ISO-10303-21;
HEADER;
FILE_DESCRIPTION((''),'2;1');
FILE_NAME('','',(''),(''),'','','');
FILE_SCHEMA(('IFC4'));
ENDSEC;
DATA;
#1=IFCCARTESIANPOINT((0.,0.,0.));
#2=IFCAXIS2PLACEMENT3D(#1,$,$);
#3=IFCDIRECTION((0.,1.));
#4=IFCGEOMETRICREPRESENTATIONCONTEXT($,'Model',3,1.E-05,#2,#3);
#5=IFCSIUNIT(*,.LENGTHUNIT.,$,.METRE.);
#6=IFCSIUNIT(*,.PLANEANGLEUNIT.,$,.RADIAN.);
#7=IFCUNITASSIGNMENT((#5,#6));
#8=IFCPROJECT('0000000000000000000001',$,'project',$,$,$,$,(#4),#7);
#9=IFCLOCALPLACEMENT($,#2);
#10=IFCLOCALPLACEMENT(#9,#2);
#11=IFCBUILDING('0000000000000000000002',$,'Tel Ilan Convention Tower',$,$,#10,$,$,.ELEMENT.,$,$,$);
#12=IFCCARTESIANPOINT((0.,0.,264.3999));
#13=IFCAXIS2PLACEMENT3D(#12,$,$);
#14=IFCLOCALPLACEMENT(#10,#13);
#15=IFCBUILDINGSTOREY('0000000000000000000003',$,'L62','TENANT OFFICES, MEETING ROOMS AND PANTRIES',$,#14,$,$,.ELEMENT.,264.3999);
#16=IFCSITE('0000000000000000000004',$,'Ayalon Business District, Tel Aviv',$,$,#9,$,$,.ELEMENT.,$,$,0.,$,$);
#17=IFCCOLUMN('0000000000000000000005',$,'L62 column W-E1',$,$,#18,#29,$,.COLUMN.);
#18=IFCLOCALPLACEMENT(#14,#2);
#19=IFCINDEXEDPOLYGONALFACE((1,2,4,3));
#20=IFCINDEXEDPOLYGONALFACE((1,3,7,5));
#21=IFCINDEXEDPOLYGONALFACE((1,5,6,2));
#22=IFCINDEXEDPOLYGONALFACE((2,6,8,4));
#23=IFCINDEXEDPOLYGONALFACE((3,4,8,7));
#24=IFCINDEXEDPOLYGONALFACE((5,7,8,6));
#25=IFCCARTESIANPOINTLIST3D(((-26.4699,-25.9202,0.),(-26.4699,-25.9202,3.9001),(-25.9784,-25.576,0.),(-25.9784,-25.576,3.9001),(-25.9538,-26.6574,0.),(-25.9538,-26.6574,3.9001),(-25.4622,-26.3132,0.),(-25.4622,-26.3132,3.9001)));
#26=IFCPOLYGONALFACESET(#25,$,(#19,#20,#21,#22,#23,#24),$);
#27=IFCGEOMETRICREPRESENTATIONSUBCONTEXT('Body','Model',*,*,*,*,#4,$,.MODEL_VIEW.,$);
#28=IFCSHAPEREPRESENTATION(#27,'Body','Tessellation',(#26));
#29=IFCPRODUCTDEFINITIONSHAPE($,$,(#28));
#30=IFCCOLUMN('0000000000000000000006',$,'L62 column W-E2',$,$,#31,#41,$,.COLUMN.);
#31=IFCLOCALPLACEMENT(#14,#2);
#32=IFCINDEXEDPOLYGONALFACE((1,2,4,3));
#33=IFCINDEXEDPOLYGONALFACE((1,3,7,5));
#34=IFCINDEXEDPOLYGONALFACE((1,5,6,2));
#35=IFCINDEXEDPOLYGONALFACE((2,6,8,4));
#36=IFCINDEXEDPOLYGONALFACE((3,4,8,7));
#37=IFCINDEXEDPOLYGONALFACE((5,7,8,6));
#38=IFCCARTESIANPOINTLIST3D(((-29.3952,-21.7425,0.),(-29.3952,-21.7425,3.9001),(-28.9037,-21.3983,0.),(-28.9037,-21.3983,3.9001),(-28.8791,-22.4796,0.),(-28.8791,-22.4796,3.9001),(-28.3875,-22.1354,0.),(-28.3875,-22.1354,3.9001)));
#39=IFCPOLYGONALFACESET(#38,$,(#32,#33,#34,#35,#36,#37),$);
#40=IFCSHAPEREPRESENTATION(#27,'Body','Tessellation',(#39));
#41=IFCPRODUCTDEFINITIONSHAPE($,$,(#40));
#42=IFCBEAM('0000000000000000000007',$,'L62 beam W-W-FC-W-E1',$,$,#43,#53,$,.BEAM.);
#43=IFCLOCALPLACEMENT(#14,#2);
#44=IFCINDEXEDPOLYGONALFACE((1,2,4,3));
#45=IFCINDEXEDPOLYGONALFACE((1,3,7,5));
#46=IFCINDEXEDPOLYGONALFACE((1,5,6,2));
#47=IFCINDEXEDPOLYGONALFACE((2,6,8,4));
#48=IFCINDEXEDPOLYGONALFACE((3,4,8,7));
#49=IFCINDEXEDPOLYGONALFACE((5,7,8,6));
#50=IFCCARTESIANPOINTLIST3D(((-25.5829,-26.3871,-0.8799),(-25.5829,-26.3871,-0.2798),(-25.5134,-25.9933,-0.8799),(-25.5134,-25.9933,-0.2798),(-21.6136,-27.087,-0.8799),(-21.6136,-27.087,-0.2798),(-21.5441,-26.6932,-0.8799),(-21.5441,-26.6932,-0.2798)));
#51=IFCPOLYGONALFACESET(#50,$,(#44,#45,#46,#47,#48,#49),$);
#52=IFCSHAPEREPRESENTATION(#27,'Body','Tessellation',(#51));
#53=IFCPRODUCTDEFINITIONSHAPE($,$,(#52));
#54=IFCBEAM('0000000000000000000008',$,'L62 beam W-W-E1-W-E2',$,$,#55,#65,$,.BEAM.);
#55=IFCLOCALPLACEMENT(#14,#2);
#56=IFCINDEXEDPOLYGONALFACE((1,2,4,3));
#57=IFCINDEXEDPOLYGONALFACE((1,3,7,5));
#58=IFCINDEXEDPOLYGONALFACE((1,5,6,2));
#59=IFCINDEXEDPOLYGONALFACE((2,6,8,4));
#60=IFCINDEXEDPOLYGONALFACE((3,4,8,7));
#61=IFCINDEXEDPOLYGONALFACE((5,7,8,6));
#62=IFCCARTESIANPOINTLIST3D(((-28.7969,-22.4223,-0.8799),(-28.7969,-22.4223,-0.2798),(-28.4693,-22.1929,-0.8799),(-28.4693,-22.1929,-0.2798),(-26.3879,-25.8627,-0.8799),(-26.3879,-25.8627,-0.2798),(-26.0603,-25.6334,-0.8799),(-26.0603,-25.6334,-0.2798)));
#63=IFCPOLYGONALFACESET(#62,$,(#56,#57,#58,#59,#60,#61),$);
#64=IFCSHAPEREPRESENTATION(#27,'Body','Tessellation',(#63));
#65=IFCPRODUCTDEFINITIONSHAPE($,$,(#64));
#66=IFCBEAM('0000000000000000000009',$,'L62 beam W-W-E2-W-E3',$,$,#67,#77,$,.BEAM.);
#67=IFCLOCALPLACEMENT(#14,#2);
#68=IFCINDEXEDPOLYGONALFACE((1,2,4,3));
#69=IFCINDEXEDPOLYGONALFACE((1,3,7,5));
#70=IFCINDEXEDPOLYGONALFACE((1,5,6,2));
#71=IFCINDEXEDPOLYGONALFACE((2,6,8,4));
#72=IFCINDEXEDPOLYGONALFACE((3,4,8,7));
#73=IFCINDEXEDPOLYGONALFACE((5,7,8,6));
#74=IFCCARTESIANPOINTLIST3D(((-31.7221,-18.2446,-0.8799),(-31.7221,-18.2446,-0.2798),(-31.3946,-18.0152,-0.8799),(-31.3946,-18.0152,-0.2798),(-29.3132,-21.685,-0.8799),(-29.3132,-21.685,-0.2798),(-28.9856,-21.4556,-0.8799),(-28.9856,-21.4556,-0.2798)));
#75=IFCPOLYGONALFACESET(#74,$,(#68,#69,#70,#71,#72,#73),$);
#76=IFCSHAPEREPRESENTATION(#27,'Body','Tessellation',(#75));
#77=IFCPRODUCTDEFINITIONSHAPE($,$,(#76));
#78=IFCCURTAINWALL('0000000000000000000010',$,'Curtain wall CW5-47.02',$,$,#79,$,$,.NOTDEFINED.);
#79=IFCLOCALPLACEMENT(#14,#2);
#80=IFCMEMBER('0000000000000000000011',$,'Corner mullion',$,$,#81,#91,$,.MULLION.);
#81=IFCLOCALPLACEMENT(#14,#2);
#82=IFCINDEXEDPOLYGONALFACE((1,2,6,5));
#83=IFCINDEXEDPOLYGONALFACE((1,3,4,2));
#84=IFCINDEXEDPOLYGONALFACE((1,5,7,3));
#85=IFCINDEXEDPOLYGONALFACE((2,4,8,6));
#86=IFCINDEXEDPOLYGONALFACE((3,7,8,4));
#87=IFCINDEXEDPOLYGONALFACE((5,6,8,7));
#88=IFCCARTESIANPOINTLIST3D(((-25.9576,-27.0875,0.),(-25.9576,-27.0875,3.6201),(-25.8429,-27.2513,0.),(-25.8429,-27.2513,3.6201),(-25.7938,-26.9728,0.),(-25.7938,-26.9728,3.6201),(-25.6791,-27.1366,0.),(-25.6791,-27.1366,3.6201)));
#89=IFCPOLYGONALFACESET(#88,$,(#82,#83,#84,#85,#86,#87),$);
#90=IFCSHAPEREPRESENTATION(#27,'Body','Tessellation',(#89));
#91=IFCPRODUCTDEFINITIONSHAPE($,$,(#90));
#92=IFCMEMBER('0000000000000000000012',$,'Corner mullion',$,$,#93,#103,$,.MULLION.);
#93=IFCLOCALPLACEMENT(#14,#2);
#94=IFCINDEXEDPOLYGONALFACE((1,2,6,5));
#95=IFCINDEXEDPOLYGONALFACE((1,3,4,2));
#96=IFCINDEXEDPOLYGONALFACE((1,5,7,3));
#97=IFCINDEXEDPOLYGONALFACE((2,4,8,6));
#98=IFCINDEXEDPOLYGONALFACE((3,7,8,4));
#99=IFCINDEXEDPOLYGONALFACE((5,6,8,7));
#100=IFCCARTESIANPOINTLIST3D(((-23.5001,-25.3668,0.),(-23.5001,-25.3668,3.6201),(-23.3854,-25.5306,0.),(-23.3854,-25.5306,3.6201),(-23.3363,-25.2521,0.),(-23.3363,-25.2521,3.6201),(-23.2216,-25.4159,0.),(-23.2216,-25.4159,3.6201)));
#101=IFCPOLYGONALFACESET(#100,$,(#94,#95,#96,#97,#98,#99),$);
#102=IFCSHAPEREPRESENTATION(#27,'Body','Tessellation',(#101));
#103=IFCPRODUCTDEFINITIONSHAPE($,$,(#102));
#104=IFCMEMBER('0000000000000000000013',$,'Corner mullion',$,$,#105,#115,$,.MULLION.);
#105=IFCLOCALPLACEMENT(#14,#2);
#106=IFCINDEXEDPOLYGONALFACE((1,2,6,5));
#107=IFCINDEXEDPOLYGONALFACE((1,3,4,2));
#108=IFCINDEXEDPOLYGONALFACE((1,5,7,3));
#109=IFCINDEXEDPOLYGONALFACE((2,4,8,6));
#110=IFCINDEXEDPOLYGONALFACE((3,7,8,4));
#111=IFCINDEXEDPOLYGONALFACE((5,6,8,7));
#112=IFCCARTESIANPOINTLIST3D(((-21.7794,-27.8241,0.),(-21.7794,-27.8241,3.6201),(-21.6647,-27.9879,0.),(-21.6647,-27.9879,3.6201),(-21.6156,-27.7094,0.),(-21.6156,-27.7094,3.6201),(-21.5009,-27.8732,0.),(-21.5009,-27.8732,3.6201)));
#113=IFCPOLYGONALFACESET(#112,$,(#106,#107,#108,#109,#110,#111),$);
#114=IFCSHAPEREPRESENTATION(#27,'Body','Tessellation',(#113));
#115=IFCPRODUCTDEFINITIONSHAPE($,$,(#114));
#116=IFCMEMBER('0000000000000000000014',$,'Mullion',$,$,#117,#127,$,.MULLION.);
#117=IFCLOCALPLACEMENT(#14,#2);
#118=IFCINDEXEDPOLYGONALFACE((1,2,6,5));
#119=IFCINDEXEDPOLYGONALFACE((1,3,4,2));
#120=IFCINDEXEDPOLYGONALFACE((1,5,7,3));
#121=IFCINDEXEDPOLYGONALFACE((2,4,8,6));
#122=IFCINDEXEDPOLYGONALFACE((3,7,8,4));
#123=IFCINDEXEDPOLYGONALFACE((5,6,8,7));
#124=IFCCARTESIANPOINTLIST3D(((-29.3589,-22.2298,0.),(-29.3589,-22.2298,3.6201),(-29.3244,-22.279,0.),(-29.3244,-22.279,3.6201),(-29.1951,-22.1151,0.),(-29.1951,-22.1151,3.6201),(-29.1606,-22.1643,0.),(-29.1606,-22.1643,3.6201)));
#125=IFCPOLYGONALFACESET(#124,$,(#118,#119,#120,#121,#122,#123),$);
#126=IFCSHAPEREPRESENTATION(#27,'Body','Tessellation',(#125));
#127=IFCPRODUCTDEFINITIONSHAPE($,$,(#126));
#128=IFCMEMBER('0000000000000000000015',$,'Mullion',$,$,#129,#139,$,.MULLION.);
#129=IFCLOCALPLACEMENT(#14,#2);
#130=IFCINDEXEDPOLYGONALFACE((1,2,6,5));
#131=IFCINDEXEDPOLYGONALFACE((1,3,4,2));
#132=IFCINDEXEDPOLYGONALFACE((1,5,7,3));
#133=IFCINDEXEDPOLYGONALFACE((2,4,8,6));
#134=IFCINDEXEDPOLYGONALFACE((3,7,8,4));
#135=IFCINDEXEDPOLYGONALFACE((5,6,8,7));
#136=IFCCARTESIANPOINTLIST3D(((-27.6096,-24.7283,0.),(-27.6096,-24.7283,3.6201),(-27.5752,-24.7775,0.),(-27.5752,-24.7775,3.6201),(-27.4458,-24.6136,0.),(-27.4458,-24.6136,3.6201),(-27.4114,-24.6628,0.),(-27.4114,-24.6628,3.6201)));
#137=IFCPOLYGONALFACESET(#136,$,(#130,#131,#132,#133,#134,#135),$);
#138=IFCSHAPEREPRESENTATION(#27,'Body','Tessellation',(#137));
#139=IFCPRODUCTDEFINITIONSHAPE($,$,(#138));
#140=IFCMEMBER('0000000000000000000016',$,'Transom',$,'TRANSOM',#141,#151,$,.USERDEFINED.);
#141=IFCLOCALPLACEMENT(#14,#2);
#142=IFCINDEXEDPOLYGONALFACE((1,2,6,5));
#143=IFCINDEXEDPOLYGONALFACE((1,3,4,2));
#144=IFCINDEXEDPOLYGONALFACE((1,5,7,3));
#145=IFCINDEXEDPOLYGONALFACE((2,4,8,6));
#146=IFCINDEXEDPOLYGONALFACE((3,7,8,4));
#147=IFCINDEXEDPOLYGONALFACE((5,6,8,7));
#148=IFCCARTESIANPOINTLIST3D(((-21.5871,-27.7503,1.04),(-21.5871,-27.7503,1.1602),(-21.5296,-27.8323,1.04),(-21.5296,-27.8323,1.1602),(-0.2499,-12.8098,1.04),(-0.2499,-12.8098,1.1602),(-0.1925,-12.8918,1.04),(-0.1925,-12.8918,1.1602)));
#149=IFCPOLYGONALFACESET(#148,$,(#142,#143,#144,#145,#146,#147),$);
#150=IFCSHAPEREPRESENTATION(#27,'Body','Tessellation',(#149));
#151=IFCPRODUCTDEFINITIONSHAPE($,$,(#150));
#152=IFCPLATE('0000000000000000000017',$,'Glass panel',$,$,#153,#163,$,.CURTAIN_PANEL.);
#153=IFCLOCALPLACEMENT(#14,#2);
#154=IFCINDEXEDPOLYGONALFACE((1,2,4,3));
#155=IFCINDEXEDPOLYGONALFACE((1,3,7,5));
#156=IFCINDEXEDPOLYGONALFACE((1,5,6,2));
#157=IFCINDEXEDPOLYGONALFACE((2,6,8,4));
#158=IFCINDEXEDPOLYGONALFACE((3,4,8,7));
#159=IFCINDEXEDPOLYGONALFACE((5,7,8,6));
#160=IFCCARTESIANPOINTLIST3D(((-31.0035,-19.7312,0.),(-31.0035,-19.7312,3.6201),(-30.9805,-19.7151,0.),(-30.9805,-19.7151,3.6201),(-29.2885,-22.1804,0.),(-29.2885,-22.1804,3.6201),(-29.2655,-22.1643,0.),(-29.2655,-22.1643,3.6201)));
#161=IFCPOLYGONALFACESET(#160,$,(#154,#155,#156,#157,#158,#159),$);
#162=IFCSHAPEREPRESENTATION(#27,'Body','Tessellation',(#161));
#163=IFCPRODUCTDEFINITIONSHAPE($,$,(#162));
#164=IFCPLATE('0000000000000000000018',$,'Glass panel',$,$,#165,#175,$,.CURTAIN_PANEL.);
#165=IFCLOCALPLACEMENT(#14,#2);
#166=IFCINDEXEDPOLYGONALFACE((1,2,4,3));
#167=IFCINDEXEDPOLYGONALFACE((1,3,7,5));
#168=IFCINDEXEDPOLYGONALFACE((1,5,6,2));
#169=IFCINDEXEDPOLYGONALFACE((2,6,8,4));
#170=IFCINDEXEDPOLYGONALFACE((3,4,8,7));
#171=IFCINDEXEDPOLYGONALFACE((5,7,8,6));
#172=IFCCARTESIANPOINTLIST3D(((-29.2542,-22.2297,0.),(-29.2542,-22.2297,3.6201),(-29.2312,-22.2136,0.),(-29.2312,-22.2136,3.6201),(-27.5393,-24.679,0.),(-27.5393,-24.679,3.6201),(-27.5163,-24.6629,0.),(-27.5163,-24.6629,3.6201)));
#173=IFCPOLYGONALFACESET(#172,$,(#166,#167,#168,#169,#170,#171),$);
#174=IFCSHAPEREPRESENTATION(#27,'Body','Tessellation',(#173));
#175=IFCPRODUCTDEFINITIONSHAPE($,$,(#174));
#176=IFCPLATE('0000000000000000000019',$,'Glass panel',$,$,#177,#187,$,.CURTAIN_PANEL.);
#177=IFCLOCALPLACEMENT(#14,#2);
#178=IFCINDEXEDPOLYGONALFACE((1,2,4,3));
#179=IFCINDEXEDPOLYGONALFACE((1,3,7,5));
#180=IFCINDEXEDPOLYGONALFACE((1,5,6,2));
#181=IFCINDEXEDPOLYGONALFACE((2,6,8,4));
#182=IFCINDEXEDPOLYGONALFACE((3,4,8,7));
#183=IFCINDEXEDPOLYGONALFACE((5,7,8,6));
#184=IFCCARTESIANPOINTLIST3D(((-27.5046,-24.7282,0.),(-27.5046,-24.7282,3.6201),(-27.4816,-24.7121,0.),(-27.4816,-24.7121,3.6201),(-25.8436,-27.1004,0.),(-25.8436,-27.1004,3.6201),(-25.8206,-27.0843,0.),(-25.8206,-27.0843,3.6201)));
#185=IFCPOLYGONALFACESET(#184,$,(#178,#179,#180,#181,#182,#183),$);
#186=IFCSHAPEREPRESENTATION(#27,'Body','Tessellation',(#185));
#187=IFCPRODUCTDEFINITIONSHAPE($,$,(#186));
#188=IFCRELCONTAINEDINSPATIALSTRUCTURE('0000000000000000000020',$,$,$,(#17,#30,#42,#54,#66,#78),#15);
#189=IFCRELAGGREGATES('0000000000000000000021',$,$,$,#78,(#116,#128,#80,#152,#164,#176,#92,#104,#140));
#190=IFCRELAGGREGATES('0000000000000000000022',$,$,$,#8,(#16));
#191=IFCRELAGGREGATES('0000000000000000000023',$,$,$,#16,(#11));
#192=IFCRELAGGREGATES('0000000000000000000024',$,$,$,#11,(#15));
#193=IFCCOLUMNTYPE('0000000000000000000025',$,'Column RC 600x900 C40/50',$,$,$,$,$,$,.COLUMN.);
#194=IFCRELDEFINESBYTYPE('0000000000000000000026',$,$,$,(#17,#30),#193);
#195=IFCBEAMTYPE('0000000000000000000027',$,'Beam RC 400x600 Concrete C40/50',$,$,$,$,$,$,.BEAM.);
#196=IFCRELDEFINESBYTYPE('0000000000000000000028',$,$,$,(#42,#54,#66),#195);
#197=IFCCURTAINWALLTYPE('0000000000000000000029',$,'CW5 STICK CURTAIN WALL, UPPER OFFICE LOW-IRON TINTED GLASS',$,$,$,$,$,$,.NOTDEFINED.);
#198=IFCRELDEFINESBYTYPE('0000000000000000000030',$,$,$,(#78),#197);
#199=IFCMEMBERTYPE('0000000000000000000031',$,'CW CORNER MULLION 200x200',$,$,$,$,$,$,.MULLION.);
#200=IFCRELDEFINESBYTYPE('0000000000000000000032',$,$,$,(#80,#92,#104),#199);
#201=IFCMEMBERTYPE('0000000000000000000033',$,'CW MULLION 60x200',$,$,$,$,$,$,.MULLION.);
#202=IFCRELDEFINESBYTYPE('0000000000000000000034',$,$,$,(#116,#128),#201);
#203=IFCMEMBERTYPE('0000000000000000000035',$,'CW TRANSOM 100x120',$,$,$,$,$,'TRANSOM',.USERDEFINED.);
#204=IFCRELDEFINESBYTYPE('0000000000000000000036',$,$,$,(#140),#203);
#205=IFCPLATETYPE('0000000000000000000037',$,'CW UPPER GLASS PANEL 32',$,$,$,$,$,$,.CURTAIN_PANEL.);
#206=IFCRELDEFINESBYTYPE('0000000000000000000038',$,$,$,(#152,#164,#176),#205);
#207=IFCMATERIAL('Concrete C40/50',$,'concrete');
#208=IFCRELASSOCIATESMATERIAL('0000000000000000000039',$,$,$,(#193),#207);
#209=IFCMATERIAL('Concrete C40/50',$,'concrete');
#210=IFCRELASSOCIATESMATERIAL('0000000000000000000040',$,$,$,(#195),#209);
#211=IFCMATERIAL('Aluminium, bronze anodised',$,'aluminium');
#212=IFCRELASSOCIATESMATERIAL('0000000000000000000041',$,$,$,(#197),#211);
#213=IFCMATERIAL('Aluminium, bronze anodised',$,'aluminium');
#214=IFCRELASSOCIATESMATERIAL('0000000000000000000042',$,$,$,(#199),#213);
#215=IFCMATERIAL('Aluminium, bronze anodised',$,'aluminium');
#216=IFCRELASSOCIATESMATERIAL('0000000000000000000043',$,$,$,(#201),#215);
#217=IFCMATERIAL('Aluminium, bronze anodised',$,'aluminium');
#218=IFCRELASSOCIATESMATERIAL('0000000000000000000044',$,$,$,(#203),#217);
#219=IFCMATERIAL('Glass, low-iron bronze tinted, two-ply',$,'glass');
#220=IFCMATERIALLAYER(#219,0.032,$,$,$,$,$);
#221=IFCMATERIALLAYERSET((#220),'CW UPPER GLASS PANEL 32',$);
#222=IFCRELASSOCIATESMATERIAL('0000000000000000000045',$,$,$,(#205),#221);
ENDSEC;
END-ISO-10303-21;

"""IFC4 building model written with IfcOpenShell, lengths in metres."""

from ifc_helpers import new_model, si_unit, direction, frame, origin, origin_2d, place, context, subcontext, project, spatial, rectangle, extrude, material, layer, layer_set, material_profile, profile_set, type_object, element, aggregate, save


model = new_model("IFC4")

# Units and contexts
model_context = context("Model", 3, precision=1e-05, world=origin(), true_north=direction((0.0, 1.0)))
body_context = subcontext(model_context, "Body", "Model", "MODEL_VIEW")
ifc_project = project(units=[si_unit("LENGTHUNIT", "METRE"), si_unit("PLANEANGLEUNIT", "RADIAN")], contexts=[model_context])

# Site, building, storey
site_placement = place(None, origin())
site = spatial("IfcSite", under=ifc_project, at=site_placement, Name="Ayalon Business District, Tel Aviv", CompositionType="ELEMENT", RefElevation=0.0)
building_placement = place(site_placement, origin())
building = spatial("IfcBuilding", under=site, at=building_placement, Name="Tel Ilan Convention Tower", CompositionType="ELEMENT")
storey_placement = place(building_placement, frame((0.0, 0.0, 264.3999)))
storey = spatial("IfcBuildingStorey", under=building, at=storey_placement, Name="L62", Description="TENANT OFFICES, MEETING ROOMS AND PANTRIES", CompositionType="ELEMENT", Elevation=264.3999)

# Columns
ifc_material_1 = material(Name="Concrete C40/50", Category="concrete")
ifc_material_profile_1 = material_profile(ifc_material_1, rectangle(XDim=0.8999, YDim=0.6001, at=origin_2d()), Name="RC 600x900")
ifc_profile_set_1 = profile_set([ifc_material_profile_1], Name="Concrete C40/50")
column_type = type_object("IfcColumnType", Name="Column RC 600x900 C40/50", PredefinedType="COLUMN", material=ifc_profile_set_1)
for number, where, z_axis, x_axis, name in (
    (1, (-25.9661, -26.1167, 0.0), (0.0, 0.0, 1.0), (-0.573576, 0.819152, 0.0), "L62 column W-E1"),
    (2, (-28.8914, -21.939, 0.0), (0.0, 0.0, 1.0), (-0.573576, 0.819152, 0.0), "L62 column W-E2"),
):
    element("IfcColumn", number, at=place(storey_placement, frame(where, z_axis=z_axis, x_axis=x_axis)), inside=storey, type_object=column_type, Name=name, PredefinedType="COLUMN", context=body_context, shape_type="SweptSolid", body=[
        extrude(rectangle(XDim=0.8999, YDim=0.6001, at=origin_2d()), origin(), (0.0, 0.0, 1.0), 3.9001),
    ])

# Beams
ifc_material_2 = material(Name="Concrete C40/50", Category="concrete")
ifc_material_profile_2 = material_profile(ifc_material_2, rectangle(XDim=0.3999, YDim=0.6001, at=origin_2d()), Name="RC 400x600")
ifc_profile_set_2 = profile_set([ifc_material_profile_2], Name="Concrete C40/50")
beam_type = type_object("IfcBeamType", Name="Beam RC 400x600 Concrete C40/50", PredefinedType="BEAM", material=ifc_profile_set_2)
beam_placement = place(storey_placement, frame((-21.5789, -26.8901, -0.5798), z_axis=(-0.984805, 0.173664, 0.0), x_axis=(-0.173664, -0.984805, 0.0)))
element("IfcBeam", 3, at=beam_placement, inside=storey, type_object=beam_type, Name="L62 beam W-W-FC-W-E1", PredefinedType="BEAM", context=body_context, shape_type="SweptSolid", body=[
    extrude(rectangle(XDim=0.3999, YDim=0.6001, at=origin_2d()), origin(), (0.0, 0.0, 1.0), 4.0305),
])
for number, where, z_axis, x_axis, name in (
    (4, (-26.2241, -25.748, -0.5798), (-0.573564, 0.819161, 0.0), (-0.819161, -0.573564, 0.0), "L62 beam W-W-E1-W-E2"),
    (5, (-29.1494, -21.5703, -0.5798), (-0.573564, 0.819161, 0.0), (-0.819161, -0.573564, 0.0), "L62 beam W-W-E2-W-E3"),
):
    element("IfcBeam", number, at=place(storey_placement, frame(where, z_axis=z_axis, x_axis=x_axis)), inside=storey, type_object=beam_type, Name=name, PredefinedType="BEAM", context=body_context, shape_type="SweptSolid", body=[
        extrude(rectangle(XDim=0.3999, YDim=0.6001, at=origin_2d()), origin(), (0.0, 0.0, 1.0), 4.2),
    ])

# Curtain wall, members, plates
ifc_material_3 = material(Name="Aluminium, bronze anodised", Category="aluminium")
curtain_wall_type = type_object("IfcCurtainWallType", Name="CW5 STICK CURTAIN WALL, UPPER OFFICE LOW-IRON TINTED GLASS", PredefinedType="NOTDEFINED", material=ifc_material_3)
curtain_wall_placement = place(storey_placement, origin())
curtain_wall = element("IfcCurtainWall", 6, at=curtain_wall_placement, inside=storey, type_object=curtain_wall_type, Name="Curtain wall CW5-47.02", PredefinedType="NOTDEFINED")
ifc_material_4 = material(Name="Aluminium, bronze anodised", Category="aluminium")
ifc_material_profile_3 = material_profile(ifc_material_4, rectangle(XDim=0.2, YDim=0.2, at=origin_2d()), Name="CW CORNER MULLION 200x200")
ifc_profile_set_3 = profile_set([ifc_material_profile_3], Name="Aluminium, bronze anodised")
member_type_1 = type_object("IfcMemberType", Name="CW CORNER MULLION 200x200", PredefinedType="MULLION", material=ifc_profile_set_3)
member_1_placement = place(storey_placement, frame((-25.8184, -27.1121, 0.0), z_axis=(0.0, 0.0, 1.0), x_axis=(0.573576, -0.819152, 0.0)))
member_1 = element("IfcMember", 7, at=member_1_placement, type_object=member_type_1, Name="Corner mullion", PredefinedType="MULLION", context=body_context, shape_type="SweptSolid", body=[
    extrude(rectangle(XDim=0.2, YDim=0.2, at=origin_2d()), origin(), (0.0, 0.0, 1.0), 3.6201),
])
member_2_placement = place(storey_placement, frame((-23.3608, -25.3914, 0.0), z_axis=(0.0, 0.0, 1.0), x_axis=(0.819152, 0.573576, 0.0)))
member_2 = element("IfcMember", 8, at=member_2_placement, type_object=member_type_1, Name="Corner mullion", PredefinedType="MULLION", context=body_context, shape_type="SweptSolid", body=[
    extrude(rectangle(XDim=0.2, YDim=0.2, at=origin_2d()), origin(), (0.0, 0.0, 1.0), 3.6201),
])
member_3_placement = place(storey_placement, frame((-21.6401, -27.8486, 0.0), z_axis=(0.0, 0.0, 1.0), x_axis=(0.573576, -0.819152, 0.0)))
member_3 = element("IfcMember", 9, at=member_3_placement, type_object=member_type_1, Name="Corner mullion", PredefinedType="MULLION", context=body_context, shape_type="SweptSolid", body=[
    extrude(rectangle(XDim=0.2, YDim=0.2, at=origin_2d()), origin(), (0.0, 0.0, 1.0), 3.6201),
])
ifc_material_5 = material(Name="Aluminium, bronze anodised", Category="aluminium")
ifc_material_profile_4 = material_profile(ifc_material_5, rectangle(XDim=0.0601, YDim=0.2, at=origin_2d()), Name="CW MULLION 60x200")
ifc_profile_set_4 = profile_set([ifc_material_profile_4], Name="Aluminium, bronze anodised")
member_type_2 = type_object("IfcMemberType", Name="CW MULLION 60x200", PredefinedType="MULLION", material=ifc_profile_set_4)
member_4_placement = place(storey_placement, frame((-29.2598, -22.197, 0.0), z_axis=(0.0, 0.0, 1.0), x_axis=(0.573576, -0.819152, 0.0)))
member_4 = element("IfcMember", 10, at=member_4_placement, type_object=member_type_2, Name="Mullion", PredefinedType="MULLION", context=body_context, shape_type="SweptSolid", body=[
    extrude(rectangle(XDim=0.0601, YDim=0.2, at=origin_2d()), origin(), (0.0, 0.0, 1.0), 3.6201),
])
member_5_placement = place(storey_placement, frame((-27.5105, -24.6956, 0.0), z_axis=(0.0, 0.0, 1.0), x_axis=(0.573576, -0.819152, 0.0)))
member_5 = element("IfcMember", 11, at=member_5_placement, type_object=member_type_2, Name="Mullion", PredefinedType="MULLION", context=body_context, shape_type="SweptSolid", body=[
    extrude(rectangle(XDim=0.0601, YDim=0.2, at=origin_2d()), origin(), (0.0, 0.0, 1.0), 3.6201),
])
ifc_material_6 = material(Name="Aluminium, bronze anodised", Category="aluminium")
ifc_material_profile_5 = material_profile(ifc_material_6, rectangle(XDim=0.1001, YDim=0.1201, at=origin_2d()), Name="CW TRANSOM 100x120")
ifc_profile_set_5 = profile_set([ifc_material_profile_5], Name="Aluminium, bronze anodised")
member_type_3 = type_object("IfcMemberType", Name="CW TRANSOM 100x120", ElementType="TRANSOM", PredefinedType="USERDEFINED", material=ifc_profile_set_5)
member_6_placement = place(storey_placement, frame((-21.5583, -27.7913, 1.1001), z_axis=(0.819152, 0.573576, 0.0), x_axis=(-0.573576, 0.819152, 0.0)))
member_6 = element("IfcMember", 12, at=member_6_placement, type_object=member_type_3, Name="Transom", ObjectType="TRANSOM", PredefinedType="USERDEFINED", context=body_context, shape_type="SweptSolid", body=[
    extrude(rectangle(XDim=0.1001, YDim=0.1201, at=origin_2d()), origin(), (0.0, 0.0, 1.0), 26.0479),
])
ifc_material_7 = material(Name="Glass, low-iron bronze tinted, two-ply", Category="glass")
ifc_layer_1 = layer(ifc_material_7, 0.032)
ifc_layer_set_1 = layer_set([ifc_layer_1], Name="CW UPPER GLASS PANEL 32")
plate_type = type_object("IfcPlateType", Name="CW UPPER GLASS PANEL 32", PredefinedType="CURTAIN_PANEL", material=ifc_layer_set_1)
plate_1_placement = place(storey_placement, frame((-30.1345, -20.9478, 0.0), z_axis=(0.0, 0.0, 1.0), x_axis=(0.573576, -0.819152, 0.0)))
plate_1 = element("IfcPlate", 13, at=plate_1_placement, type_object=plate_type, Name="Glass panel", PredefinedType="CURTAIN_PANEL", context=body_context, shape_type="SweptSolid", body=[
    extrude(rectangle(XDim=2.99, YDim=0.0281, at=origin_2d()), origin(), (0.0, 0.0, 1.0), 3.6201),
])
plate_2_placement = place(storey_placement, frame((-28.3853, -23.4463, 0.0), z_axis=(0.0, 0.0, 1.0), x_axis=(0.573576, -0.819152, 0.0)))
plate_2 = element("IfcPlate", 14, at=plate_2_placement, type_object=plate_type, Name="Glass panel", PredefinedType="CURTAIN_PANEL", context=body_context, shape_type="SweptSolid", body=[
    extrude(rectangle(XDim=2.99, YDim=0.0281, at=origin_2d()), origin(), (0.0, 0.0, 1.0), 3.6201),
])
plate_3_placement = place(storey_placement, frame((-26.6626, -25.9062, 0.0), z_axis=(0.0, 0.0, 1.0), x_axis=(0.573576, -0.819152, 0.0)))
plate_3 = element("IfcPlate", 15, at=plate_3_placement, type_object=plate_type, Name="Glass panel", PredefinedType="CURTAIN_PANEL", context=body_context, shape_type="SweptSolid", body=[
    extrude(rectangle(XDim=2.896, YDim=0.0281, at=origin_2d()), origin(), (0.0, 0.0, 1.0), 3.6201),
])
aggregate(curtain_wall, [member_4, member_5, member_1, plate_1, plate_2, plate_3, member_2, member_3, member_6])

save(model, "model.ifc")
